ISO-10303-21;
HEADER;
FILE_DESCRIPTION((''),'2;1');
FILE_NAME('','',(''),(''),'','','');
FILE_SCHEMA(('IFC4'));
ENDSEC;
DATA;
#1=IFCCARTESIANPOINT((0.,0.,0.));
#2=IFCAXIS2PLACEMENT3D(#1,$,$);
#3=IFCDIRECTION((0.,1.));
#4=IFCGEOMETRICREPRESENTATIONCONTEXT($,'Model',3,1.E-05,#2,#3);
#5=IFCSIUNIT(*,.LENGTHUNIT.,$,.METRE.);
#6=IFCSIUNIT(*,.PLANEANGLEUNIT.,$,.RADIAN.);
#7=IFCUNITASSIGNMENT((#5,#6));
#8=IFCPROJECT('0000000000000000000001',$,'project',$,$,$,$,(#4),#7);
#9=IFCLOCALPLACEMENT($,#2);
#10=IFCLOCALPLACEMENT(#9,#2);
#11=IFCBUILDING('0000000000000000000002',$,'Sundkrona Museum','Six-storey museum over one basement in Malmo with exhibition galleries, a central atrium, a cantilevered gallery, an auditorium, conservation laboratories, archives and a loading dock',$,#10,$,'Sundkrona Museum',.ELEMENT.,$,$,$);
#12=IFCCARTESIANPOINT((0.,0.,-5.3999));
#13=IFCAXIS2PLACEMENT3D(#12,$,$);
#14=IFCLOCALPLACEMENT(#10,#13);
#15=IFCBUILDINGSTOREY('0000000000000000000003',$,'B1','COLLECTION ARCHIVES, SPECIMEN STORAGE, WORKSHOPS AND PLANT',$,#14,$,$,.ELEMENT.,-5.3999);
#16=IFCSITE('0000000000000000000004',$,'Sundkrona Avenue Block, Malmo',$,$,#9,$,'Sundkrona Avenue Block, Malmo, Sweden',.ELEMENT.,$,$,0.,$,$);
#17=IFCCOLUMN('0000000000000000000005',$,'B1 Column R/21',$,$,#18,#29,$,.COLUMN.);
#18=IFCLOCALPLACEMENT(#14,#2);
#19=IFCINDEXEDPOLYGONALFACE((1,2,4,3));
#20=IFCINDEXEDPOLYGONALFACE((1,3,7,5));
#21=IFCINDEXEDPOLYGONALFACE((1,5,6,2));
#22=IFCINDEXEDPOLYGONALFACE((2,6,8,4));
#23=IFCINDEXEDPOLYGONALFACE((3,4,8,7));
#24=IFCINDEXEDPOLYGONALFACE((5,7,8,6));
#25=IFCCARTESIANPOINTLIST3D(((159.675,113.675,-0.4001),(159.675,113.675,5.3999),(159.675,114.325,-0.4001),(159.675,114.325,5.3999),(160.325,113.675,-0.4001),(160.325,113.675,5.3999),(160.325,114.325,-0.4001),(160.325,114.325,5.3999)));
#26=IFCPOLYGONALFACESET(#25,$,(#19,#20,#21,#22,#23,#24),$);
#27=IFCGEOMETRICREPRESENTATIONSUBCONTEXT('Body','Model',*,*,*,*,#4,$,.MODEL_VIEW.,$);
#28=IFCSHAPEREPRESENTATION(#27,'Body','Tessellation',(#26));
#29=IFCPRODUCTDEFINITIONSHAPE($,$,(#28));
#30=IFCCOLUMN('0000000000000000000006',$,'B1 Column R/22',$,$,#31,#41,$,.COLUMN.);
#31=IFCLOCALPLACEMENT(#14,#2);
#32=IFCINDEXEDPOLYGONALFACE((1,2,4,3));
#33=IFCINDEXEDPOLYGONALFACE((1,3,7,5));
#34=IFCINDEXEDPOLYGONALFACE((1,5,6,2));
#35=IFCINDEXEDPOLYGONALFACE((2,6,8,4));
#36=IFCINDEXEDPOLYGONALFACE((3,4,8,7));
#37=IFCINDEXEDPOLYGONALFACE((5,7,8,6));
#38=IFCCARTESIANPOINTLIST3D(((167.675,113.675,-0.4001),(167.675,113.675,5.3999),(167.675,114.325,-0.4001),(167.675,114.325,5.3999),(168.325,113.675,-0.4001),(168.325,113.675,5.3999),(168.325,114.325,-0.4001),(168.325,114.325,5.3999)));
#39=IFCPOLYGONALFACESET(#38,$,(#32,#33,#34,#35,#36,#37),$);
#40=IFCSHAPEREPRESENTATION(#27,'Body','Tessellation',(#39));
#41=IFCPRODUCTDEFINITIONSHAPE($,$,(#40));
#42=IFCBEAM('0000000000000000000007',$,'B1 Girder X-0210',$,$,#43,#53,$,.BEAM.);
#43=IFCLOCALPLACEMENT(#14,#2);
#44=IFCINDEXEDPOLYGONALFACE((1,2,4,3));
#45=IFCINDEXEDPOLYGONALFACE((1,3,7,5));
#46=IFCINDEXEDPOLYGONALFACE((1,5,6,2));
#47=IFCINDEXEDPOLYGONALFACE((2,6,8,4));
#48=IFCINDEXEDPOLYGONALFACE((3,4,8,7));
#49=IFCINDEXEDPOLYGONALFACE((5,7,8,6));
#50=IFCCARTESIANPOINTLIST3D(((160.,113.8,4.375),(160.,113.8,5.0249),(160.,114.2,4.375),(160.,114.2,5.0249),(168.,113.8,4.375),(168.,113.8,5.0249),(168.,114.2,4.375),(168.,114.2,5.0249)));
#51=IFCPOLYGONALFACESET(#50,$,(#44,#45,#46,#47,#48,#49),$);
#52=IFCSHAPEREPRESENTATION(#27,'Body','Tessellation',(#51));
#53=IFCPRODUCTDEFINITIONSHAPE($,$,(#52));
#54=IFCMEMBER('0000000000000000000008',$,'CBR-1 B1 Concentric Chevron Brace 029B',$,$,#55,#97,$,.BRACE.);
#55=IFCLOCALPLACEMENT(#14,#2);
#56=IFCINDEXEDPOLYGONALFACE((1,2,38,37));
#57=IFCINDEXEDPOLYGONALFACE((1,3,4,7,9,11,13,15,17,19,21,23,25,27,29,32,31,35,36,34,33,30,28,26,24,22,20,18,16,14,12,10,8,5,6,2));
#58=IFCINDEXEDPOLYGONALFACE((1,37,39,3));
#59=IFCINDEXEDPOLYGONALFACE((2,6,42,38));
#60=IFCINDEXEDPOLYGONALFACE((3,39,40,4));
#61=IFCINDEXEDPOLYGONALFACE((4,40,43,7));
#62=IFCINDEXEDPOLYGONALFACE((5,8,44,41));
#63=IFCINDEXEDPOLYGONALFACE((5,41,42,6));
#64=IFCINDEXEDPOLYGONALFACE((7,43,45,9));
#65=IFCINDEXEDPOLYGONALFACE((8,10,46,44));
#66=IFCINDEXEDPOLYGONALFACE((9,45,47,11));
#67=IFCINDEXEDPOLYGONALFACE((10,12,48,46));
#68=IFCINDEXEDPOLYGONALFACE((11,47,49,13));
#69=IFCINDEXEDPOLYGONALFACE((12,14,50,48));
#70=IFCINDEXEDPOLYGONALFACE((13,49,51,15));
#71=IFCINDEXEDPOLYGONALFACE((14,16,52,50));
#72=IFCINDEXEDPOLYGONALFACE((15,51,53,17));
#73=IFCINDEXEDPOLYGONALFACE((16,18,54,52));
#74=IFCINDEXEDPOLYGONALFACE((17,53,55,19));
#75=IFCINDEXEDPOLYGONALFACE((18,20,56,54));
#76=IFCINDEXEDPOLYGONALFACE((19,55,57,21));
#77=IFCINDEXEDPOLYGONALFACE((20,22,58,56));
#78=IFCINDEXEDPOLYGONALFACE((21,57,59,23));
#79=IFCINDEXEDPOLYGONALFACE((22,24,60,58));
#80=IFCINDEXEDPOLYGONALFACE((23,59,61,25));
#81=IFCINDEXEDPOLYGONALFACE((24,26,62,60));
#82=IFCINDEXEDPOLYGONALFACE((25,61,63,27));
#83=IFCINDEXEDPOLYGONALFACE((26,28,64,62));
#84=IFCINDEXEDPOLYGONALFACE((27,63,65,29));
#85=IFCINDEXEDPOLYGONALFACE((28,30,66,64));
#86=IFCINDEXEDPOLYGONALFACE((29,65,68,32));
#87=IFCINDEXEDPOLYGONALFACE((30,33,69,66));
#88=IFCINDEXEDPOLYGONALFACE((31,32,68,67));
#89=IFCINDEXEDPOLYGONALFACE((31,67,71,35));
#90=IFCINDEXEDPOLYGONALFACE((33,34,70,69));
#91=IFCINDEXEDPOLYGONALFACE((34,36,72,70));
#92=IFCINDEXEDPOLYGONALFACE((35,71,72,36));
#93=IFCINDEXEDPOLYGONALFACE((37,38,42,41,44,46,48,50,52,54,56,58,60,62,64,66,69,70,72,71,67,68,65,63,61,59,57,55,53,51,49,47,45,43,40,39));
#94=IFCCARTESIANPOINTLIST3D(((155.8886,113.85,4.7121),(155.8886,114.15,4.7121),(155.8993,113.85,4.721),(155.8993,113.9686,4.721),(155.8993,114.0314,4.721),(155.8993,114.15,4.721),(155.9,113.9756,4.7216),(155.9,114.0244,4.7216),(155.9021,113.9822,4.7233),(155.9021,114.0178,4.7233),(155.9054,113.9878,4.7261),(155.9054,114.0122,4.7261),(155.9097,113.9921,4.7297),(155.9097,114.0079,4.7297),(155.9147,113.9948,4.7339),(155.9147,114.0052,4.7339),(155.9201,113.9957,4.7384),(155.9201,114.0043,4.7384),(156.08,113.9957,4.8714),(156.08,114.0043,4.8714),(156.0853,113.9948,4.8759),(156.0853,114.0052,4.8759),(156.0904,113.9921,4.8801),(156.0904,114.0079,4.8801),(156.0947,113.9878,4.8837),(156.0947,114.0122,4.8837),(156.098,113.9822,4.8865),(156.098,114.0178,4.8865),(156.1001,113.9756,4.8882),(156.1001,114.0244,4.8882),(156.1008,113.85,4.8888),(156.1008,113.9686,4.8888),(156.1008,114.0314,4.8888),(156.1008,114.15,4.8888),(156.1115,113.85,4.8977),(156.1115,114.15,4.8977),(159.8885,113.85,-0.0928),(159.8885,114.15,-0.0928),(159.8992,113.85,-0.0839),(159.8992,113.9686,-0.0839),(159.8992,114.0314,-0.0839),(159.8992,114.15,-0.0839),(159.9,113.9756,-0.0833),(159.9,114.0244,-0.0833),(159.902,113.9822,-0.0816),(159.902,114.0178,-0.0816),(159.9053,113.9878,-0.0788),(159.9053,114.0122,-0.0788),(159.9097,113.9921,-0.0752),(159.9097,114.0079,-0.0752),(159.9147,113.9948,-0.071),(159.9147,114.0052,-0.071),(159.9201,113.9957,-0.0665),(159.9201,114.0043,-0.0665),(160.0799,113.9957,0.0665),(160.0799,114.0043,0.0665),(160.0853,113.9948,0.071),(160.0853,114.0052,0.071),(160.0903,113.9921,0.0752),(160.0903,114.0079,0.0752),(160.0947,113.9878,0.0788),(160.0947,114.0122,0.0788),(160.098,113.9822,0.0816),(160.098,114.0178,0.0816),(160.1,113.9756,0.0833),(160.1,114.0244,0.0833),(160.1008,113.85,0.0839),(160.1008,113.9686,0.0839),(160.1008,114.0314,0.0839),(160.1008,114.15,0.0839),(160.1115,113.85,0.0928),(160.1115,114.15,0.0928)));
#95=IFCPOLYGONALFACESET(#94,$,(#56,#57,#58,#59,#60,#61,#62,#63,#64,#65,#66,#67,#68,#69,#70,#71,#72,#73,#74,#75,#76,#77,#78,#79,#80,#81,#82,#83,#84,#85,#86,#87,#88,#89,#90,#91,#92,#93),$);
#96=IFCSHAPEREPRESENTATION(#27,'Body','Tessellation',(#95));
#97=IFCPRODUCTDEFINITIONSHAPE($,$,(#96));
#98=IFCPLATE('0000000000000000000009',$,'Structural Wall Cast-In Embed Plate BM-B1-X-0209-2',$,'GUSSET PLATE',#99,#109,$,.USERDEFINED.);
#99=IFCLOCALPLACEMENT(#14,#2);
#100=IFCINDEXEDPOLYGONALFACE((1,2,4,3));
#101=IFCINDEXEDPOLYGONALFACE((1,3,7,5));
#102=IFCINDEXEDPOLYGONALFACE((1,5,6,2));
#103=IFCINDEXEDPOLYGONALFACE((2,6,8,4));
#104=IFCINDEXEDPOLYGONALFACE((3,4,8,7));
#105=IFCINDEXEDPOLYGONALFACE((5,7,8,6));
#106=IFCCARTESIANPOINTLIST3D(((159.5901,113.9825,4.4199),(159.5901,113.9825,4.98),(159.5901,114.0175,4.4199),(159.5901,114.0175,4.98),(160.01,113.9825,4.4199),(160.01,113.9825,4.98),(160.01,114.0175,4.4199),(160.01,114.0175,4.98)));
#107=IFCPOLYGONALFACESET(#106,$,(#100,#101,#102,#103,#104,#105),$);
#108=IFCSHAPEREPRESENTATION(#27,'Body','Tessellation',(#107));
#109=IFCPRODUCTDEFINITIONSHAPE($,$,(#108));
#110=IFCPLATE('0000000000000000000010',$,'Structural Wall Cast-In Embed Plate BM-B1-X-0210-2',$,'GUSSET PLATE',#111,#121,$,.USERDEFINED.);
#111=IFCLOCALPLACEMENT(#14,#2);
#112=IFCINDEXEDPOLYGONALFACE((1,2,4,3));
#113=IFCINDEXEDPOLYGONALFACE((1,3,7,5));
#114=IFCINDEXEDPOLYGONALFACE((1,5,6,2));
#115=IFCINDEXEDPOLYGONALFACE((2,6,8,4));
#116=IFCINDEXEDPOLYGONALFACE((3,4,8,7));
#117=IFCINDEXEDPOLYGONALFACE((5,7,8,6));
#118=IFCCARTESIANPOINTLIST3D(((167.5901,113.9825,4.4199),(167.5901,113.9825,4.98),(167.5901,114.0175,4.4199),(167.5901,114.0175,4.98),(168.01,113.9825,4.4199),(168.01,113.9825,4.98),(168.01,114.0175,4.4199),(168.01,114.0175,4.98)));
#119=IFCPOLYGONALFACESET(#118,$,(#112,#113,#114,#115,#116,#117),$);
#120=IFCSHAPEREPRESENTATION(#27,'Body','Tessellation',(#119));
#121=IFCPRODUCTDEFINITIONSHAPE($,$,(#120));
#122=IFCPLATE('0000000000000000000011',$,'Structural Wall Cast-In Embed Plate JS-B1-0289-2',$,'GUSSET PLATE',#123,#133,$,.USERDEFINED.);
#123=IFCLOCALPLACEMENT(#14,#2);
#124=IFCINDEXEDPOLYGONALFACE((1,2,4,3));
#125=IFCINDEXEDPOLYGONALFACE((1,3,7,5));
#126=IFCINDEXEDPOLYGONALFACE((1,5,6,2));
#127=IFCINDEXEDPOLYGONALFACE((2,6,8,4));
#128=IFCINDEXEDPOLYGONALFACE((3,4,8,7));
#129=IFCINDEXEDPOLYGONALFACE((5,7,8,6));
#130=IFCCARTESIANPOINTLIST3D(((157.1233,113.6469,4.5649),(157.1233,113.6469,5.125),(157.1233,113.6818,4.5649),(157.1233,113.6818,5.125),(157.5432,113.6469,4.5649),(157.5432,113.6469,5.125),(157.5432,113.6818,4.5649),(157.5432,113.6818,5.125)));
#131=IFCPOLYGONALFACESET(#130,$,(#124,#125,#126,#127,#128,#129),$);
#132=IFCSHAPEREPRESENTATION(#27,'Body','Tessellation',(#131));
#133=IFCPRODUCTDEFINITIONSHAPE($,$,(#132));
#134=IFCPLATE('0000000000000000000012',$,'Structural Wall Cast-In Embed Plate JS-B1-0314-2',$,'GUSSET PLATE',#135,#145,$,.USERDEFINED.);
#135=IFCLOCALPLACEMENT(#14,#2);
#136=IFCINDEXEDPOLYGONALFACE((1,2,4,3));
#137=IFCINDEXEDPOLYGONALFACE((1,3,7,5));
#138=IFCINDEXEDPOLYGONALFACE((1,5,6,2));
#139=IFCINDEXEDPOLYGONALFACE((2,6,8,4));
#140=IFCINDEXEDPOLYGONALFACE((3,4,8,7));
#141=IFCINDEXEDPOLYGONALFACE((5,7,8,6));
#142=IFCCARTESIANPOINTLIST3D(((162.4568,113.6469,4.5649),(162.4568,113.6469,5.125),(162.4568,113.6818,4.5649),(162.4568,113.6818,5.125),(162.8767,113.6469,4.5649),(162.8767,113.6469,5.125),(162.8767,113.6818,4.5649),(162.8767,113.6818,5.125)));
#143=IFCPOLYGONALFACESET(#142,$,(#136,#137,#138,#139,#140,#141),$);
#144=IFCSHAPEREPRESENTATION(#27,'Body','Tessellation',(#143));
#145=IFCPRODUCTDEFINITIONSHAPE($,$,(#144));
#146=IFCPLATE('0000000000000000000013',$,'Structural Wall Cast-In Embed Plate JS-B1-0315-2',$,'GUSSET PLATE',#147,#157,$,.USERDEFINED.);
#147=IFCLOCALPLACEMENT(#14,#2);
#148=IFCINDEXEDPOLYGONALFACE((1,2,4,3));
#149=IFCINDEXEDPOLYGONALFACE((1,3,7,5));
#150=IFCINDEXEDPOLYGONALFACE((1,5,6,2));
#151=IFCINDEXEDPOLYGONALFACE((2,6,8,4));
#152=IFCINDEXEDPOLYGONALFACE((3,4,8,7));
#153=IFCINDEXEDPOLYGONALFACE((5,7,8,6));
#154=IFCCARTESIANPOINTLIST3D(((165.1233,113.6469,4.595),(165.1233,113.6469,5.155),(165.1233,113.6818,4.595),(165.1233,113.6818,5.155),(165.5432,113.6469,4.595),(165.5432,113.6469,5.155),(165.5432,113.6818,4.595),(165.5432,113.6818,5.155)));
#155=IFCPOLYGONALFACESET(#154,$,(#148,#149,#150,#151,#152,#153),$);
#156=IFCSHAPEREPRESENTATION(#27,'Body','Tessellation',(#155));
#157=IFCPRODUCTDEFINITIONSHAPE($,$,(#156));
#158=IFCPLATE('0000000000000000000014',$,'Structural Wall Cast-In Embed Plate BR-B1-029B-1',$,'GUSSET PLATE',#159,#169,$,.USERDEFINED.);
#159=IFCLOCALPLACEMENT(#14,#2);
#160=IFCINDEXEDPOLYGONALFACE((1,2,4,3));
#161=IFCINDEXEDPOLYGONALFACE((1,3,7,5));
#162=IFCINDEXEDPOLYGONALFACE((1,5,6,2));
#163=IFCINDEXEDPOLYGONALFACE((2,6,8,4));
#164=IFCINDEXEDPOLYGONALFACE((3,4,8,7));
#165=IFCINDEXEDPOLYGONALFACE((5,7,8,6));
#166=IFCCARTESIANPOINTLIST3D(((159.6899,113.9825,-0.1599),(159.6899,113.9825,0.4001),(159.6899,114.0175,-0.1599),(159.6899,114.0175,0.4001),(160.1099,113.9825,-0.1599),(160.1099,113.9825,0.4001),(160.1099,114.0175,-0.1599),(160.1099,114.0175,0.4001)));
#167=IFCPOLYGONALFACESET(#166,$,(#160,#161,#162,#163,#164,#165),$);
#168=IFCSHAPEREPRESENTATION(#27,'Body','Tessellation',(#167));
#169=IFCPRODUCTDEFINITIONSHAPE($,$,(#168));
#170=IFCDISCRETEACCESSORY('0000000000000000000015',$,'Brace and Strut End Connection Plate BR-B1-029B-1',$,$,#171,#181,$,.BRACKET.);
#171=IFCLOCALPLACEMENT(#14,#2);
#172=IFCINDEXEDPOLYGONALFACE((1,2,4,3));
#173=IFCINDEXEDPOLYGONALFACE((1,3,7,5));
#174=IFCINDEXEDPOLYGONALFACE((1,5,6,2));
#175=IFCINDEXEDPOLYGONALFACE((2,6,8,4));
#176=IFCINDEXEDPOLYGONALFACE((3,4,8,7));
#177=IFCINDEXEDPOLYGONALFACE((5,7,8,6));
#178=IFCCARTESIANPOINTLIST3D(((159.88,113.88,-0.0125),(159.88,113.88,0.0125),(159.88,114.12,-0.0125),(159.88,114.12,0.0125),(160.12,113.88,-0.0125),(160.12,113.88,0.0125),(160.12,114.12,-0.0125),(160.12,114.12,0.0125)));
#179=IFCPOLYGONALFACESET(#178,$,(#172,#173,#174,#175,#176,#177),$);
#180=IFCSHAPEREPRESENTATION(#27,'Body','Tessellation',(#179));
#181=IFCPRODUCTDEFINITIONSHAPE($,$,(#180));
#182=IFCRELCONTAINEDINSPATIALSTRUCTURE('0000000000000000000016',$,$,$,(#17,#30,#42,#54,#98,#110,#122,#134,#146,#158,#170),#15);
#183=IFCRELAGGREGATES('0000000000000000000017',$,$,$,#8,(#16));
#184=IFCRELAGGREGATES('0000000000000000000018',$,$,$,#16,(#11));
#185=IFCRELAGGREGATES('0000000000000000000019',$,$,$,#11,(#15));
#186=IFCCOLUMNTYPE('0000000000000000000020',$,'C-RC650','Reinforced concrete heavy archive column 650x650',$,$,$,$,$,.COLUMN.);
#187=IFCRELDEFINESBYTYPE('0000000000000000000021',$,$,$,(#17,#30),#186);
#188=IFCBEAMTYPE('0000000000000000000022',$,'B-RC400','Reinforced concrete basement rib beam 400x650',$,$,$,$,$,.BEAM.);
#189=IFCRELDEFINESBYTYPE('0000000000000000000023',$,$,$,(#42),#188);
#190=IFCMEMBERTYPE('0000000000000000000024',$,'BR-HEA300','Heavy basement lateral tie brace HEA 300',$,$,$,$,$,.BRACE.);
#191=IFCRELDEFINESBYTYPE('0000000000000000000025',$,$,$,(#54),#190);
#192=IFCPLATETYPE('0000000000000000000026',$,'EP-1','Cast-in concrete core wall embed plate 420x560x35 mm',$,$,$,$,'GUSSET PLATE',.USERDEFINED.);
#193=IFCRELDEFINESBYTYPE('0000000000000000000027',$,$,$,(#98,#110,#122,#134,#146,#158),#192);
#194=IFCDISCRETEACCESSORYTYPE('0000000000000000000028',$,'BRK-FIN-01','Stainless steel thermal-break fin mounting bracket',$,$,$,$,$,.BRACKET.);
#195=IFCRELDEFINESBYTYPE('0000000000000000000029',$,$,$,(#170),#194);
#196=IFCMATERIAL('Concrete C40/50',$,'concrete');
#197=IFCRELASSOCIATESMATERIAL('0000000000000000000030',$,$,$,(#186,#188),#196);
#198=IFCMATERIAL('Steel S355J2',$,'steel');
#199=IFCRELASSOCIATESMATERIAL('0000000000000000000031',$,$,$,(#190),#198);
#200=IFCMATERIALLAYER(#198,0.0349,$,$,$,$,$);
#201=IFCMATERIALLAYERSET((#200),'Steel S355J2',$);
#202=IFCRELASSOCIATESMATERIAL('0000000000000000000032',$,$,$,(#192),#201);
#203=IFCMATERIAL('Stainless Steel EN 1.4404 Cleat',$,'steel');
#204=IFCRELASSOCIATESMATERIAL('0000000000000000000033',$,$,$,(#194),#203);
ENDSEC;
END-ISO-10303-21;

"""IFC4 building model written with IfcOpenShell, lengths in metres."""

from ifc_helpers import new_model, si_unit, direction, frame, origin, origin_2d, place, context, subcontext, project, spatial, rectangle, i_section, extrude, material, layer, layer_set, material_profile, profile_set, type_object, element, save


model = new_model("IFC4")

# Units and contexts
model_context = context("Model", 3, precision=1e-05, world=origin(), true_north=direction((0.0, 1.0)))
body_context = subcontext(model_context, "Body", "Model", "MODEL_VIEW")
ifc_project = project(units=[si_unit("LENGTHUNIT", "METRE"), si_unit("PLANEANGLEUNIT", "RADIAN")], contexts=[model_context])

# Site, building, storey
site_placement = place(None, origin())
site = spatial("IfcSite", under=ifc_project, at=site_placement, Name="Sundkrona Avenue Block, Malmo", LongName="Sundkrona Avenue Block, Malmo, Sweden", CompositionType="ELEMENT", RefElevation=0.0)
building_placement = place(site_placement, origin())
building = spatial("IfcBuilding", under=site, at=building_placement, Name="Sundkrona Museum", Description="Six-storey museum over one basement in Malmo with exhibition galleries, a central atrium, a cantilevered gallery, an auditorium, conservation laboratories, archives and a loading dock", LongName="Sundkrona Museum", CompositionType="ELEMENT")
storey_placement = place(building_placement, frame((0.0, 0.0, -5.3999)))
storey = spatial("IfcBuildingStorey", under=building, at=storey_placement, Name="B1", Description="COLLECTION ARCHIVES, SPECIMEN STORAGE, WORKSHOPS AND PLANT", CompositionType="ELEMENT", Elevation=-5.3999)

# Shared definitions
ifc_material_1 = material(Name="Concrete C40/50", Category="concrete")

# Columns
ifc_material_profile_1 = material_profile(ifc_material_1, rectangle(XDim=0.6499, YDim=0.6499, at=origin_2d()), Name="RC 650x650")
ifc_profile_set_1 = profile_set([ifc_material_profile_1], Name="Concrete C40/50")
column_type = type_object("IfcColumnType", Name="C-RC650", Description="Reinforced concrete heavy archive column 650x650", PredefinedType="COLUMN", material=ifc_profile_set_1)
for number, where, z_axis, x_axis, name in (
    (1, (160.0, 114.0, -0.4001), (0.0, 0.0, 1.0), (1.0, 0.0, 0.0), "B1 Column R/21"),
    (2, (168.0, 114.0, -0.4001), (0.0, 0.0, 1.0), (1.0, 0.0, 0.0), "B1 Column R/22"),
):
    element("IfcColumn", number, at=place(storey_placement, frame(where, z_axis=z_axis, x_axis=x_axis)), inside=storey, type_object=column_type, Name=name, PredefinedType="COLUMN", context=body_context, shape_type="SweptSolid", body=[
        extrude(rectangle(XDim=0.6499, YDim=0.6499, at=origin_2d()), origin(), (0.0, 0.0, 1.0), 5.8),
    ])

# Beam
ifc_material_profile_2 = material_profile(ifc_material_1, rectangle(XDim=0.3999, YDim=0.6499, at=origin_2d()), Name="RCB 400x650")
ifc_profile_set_2 = profile_set([ifc_material_profile_2], Name="Concrete C40/50")
beam_type = type_object("IfcBeamType", Name="B-RC400", Description="Reinforced concrete basement rib beam 400x650", PredefinedType="BEAM", material=ifc_profile_set_2)
beam_placement = place(storey_placement, frame((160.0, 114.0, 4.7), z_axis=(1.0, 0.0, 0.0), x_axis=(0.0, 1.0, 0.0)))
element("IfcBeam", 3, at=beam_placement, inside=storey, type_object=beam_type, Name="B1 Girder X-0210", PredefinedType="BEAM", context=body_context, shape_type="SweptSolid", body=[
    extrude(rectangle(XDim=0.3999, YDim=0.6499, at=origin_2d()), origin(), (0.0, 0.0, 1.0), 8.0),
])

# Member
ifc_material_2 = material(Name="Steel S355J2", Category="steel")
ifc_material_profile_3 = material_profile(ifc_material_2, i_section(OverallWidth=0.3, OverallDepth=0.29, WebThickness=0.0085, FlangeThickness=0.0139, FilletRadius=0.0271, at=origin_2d()), Name="HEA 300")
ifc_profile_set_3 = profile_set([ifc_material_profile_3], Name="Steel S355J2")
member_type = type_object("IfcMemberType", Name="BR-HEA300", Description="Heavy basement lateral tie brace HEA 300", PredefinedType="BRACE", material=ifc_profile_set_3)
member_placement = place(storey_placement, frame((160.0, 114.0, 0.0), z_axis=(-0.639796, 0.0, 0.768544), x_axis=(0.0, -1.0, 0.0)))
element("IfcMember", 4, at=member_placement, inside=storey, type_object=member_type, Name="CBR-1 B1 Concentric Chevron Brace 029B", PredefinedType="BRACE", context=body_context, shape_type="SweptSolid", body=[
    extrude(i_section(OverallWidth=0.3, OverallDepth=0.29, WebThickness=0.0085, FlangeThickness=0.0139, FilletRadius=0.0271, at=origin_2d()), origin(), (0.0, 0.0, 1.0), 6.252),
])

# Plates
ifc_layer = layer(ifc_material_2, 0.0349)
ifc_layer_set = layer_set([ifc_layer], Name="Steel S355J2")
plate_type = type_object("IfcPlateType", Name="EP-1", Description="Cast-in concrete core wall embed plate 420x560x35 mm", ElementType="GUSSET PLATE", PredefinedType="USERDEFINED", material=ifc_layer_set)
for number, where, z_axis, x_axis, name in (
    (5, (159.8, 114.0, 4.4199), (0.0, 0.0, 1.0), (1.0, 0.0, 0.0), "Structural Wall Cast-In Embed Plate BM-B1-X-0209-2"),
    (6, (167.8, 114.0, 4.4199), (0.0, 0.0, 1.0), (1.0, 0.0, 0.0), "Structural Wall Cast-In Embed Plate BM-B1-X-0210-2"),
    (7, (157.3333, 113.6643, 4.5649), (0.0, 0.0, 1.0), (1.0, 0.0, 0.0), "Structural Wall Cast-In Embed Plate JS-B1-0289-2"),
    (8, (162.6667, 113.6643, 4.5649), (0.0, 0.0, 1.0), (1.0, 0.0, 0.0), "Structural Wall Cast-In Embed Plate JS-B1-0314-2"),
    (9, (165.3333, 113.6643, 4.595), (0.0, 0.0, 1.0), (1.0, 0.0, 0.0), "Structural Wall Cast-In Embed Plate JS-B1-0315-2"),
    (10, (159.8999, 114.0, -0.1599), (0.0, 0.0, 1.0), (1.0, 0.0, 0.0), "Structural Wall Cast-In Embed Plate BR-B1-029B-1"),
):
    element("IfcPlate", number, at=place(storey_placement, frame(where, z_axis=z_axis, x_axis=x_axis)), inside=storey, type_object=plate_type, Name=name, ObjectType="GUSSET PLATE", PredefinedType="USERDEFINED", context=body_context, shape_type="SweptSolid", body=[
        extrude(rectangle(XDim=0.4199, YDim=0.0349, at=origin_2d()), origin(), (0.0, 0.0, 1.0), 0.5601),
    ])

# Discrete accessory
ifc_material_3 = material(Name="Stainless Steel EN 1.4404 Cleat", Category="steel")
discrete_accessory_type = type_object("IfcDiscreteAccessoryType", Name="BRK-FIN-01", Description="Stainless steel thermal-break fin mounting bracket", PredefinedType="BRACKET", material=ifc_material_3)
discrete_accessory_placement = place(storey_placement, frame((160.0, 114.0, -0.0125), z_axis=(0.0, 0.0, 1.0), x_axis=(1.0, 0.0, 0.0)))
element("IfcDiscreteAccessory", 11, at=discrete_accessory_placement, inside=storey, type_object=discrete_accessory_type, Name="Brace and Strut End Connection Plate BR-B1-029B-1", PredefinedType="BRACKET", context=body_context, shape_type="SweptSolid", body=[
    extrude(rectangle(XDim=0.24, YDim=0.24, at=origin_2d()), origin(), (0.0, 0.0, 1.0), 0.0249),
])

save(model, "model.ifc")
